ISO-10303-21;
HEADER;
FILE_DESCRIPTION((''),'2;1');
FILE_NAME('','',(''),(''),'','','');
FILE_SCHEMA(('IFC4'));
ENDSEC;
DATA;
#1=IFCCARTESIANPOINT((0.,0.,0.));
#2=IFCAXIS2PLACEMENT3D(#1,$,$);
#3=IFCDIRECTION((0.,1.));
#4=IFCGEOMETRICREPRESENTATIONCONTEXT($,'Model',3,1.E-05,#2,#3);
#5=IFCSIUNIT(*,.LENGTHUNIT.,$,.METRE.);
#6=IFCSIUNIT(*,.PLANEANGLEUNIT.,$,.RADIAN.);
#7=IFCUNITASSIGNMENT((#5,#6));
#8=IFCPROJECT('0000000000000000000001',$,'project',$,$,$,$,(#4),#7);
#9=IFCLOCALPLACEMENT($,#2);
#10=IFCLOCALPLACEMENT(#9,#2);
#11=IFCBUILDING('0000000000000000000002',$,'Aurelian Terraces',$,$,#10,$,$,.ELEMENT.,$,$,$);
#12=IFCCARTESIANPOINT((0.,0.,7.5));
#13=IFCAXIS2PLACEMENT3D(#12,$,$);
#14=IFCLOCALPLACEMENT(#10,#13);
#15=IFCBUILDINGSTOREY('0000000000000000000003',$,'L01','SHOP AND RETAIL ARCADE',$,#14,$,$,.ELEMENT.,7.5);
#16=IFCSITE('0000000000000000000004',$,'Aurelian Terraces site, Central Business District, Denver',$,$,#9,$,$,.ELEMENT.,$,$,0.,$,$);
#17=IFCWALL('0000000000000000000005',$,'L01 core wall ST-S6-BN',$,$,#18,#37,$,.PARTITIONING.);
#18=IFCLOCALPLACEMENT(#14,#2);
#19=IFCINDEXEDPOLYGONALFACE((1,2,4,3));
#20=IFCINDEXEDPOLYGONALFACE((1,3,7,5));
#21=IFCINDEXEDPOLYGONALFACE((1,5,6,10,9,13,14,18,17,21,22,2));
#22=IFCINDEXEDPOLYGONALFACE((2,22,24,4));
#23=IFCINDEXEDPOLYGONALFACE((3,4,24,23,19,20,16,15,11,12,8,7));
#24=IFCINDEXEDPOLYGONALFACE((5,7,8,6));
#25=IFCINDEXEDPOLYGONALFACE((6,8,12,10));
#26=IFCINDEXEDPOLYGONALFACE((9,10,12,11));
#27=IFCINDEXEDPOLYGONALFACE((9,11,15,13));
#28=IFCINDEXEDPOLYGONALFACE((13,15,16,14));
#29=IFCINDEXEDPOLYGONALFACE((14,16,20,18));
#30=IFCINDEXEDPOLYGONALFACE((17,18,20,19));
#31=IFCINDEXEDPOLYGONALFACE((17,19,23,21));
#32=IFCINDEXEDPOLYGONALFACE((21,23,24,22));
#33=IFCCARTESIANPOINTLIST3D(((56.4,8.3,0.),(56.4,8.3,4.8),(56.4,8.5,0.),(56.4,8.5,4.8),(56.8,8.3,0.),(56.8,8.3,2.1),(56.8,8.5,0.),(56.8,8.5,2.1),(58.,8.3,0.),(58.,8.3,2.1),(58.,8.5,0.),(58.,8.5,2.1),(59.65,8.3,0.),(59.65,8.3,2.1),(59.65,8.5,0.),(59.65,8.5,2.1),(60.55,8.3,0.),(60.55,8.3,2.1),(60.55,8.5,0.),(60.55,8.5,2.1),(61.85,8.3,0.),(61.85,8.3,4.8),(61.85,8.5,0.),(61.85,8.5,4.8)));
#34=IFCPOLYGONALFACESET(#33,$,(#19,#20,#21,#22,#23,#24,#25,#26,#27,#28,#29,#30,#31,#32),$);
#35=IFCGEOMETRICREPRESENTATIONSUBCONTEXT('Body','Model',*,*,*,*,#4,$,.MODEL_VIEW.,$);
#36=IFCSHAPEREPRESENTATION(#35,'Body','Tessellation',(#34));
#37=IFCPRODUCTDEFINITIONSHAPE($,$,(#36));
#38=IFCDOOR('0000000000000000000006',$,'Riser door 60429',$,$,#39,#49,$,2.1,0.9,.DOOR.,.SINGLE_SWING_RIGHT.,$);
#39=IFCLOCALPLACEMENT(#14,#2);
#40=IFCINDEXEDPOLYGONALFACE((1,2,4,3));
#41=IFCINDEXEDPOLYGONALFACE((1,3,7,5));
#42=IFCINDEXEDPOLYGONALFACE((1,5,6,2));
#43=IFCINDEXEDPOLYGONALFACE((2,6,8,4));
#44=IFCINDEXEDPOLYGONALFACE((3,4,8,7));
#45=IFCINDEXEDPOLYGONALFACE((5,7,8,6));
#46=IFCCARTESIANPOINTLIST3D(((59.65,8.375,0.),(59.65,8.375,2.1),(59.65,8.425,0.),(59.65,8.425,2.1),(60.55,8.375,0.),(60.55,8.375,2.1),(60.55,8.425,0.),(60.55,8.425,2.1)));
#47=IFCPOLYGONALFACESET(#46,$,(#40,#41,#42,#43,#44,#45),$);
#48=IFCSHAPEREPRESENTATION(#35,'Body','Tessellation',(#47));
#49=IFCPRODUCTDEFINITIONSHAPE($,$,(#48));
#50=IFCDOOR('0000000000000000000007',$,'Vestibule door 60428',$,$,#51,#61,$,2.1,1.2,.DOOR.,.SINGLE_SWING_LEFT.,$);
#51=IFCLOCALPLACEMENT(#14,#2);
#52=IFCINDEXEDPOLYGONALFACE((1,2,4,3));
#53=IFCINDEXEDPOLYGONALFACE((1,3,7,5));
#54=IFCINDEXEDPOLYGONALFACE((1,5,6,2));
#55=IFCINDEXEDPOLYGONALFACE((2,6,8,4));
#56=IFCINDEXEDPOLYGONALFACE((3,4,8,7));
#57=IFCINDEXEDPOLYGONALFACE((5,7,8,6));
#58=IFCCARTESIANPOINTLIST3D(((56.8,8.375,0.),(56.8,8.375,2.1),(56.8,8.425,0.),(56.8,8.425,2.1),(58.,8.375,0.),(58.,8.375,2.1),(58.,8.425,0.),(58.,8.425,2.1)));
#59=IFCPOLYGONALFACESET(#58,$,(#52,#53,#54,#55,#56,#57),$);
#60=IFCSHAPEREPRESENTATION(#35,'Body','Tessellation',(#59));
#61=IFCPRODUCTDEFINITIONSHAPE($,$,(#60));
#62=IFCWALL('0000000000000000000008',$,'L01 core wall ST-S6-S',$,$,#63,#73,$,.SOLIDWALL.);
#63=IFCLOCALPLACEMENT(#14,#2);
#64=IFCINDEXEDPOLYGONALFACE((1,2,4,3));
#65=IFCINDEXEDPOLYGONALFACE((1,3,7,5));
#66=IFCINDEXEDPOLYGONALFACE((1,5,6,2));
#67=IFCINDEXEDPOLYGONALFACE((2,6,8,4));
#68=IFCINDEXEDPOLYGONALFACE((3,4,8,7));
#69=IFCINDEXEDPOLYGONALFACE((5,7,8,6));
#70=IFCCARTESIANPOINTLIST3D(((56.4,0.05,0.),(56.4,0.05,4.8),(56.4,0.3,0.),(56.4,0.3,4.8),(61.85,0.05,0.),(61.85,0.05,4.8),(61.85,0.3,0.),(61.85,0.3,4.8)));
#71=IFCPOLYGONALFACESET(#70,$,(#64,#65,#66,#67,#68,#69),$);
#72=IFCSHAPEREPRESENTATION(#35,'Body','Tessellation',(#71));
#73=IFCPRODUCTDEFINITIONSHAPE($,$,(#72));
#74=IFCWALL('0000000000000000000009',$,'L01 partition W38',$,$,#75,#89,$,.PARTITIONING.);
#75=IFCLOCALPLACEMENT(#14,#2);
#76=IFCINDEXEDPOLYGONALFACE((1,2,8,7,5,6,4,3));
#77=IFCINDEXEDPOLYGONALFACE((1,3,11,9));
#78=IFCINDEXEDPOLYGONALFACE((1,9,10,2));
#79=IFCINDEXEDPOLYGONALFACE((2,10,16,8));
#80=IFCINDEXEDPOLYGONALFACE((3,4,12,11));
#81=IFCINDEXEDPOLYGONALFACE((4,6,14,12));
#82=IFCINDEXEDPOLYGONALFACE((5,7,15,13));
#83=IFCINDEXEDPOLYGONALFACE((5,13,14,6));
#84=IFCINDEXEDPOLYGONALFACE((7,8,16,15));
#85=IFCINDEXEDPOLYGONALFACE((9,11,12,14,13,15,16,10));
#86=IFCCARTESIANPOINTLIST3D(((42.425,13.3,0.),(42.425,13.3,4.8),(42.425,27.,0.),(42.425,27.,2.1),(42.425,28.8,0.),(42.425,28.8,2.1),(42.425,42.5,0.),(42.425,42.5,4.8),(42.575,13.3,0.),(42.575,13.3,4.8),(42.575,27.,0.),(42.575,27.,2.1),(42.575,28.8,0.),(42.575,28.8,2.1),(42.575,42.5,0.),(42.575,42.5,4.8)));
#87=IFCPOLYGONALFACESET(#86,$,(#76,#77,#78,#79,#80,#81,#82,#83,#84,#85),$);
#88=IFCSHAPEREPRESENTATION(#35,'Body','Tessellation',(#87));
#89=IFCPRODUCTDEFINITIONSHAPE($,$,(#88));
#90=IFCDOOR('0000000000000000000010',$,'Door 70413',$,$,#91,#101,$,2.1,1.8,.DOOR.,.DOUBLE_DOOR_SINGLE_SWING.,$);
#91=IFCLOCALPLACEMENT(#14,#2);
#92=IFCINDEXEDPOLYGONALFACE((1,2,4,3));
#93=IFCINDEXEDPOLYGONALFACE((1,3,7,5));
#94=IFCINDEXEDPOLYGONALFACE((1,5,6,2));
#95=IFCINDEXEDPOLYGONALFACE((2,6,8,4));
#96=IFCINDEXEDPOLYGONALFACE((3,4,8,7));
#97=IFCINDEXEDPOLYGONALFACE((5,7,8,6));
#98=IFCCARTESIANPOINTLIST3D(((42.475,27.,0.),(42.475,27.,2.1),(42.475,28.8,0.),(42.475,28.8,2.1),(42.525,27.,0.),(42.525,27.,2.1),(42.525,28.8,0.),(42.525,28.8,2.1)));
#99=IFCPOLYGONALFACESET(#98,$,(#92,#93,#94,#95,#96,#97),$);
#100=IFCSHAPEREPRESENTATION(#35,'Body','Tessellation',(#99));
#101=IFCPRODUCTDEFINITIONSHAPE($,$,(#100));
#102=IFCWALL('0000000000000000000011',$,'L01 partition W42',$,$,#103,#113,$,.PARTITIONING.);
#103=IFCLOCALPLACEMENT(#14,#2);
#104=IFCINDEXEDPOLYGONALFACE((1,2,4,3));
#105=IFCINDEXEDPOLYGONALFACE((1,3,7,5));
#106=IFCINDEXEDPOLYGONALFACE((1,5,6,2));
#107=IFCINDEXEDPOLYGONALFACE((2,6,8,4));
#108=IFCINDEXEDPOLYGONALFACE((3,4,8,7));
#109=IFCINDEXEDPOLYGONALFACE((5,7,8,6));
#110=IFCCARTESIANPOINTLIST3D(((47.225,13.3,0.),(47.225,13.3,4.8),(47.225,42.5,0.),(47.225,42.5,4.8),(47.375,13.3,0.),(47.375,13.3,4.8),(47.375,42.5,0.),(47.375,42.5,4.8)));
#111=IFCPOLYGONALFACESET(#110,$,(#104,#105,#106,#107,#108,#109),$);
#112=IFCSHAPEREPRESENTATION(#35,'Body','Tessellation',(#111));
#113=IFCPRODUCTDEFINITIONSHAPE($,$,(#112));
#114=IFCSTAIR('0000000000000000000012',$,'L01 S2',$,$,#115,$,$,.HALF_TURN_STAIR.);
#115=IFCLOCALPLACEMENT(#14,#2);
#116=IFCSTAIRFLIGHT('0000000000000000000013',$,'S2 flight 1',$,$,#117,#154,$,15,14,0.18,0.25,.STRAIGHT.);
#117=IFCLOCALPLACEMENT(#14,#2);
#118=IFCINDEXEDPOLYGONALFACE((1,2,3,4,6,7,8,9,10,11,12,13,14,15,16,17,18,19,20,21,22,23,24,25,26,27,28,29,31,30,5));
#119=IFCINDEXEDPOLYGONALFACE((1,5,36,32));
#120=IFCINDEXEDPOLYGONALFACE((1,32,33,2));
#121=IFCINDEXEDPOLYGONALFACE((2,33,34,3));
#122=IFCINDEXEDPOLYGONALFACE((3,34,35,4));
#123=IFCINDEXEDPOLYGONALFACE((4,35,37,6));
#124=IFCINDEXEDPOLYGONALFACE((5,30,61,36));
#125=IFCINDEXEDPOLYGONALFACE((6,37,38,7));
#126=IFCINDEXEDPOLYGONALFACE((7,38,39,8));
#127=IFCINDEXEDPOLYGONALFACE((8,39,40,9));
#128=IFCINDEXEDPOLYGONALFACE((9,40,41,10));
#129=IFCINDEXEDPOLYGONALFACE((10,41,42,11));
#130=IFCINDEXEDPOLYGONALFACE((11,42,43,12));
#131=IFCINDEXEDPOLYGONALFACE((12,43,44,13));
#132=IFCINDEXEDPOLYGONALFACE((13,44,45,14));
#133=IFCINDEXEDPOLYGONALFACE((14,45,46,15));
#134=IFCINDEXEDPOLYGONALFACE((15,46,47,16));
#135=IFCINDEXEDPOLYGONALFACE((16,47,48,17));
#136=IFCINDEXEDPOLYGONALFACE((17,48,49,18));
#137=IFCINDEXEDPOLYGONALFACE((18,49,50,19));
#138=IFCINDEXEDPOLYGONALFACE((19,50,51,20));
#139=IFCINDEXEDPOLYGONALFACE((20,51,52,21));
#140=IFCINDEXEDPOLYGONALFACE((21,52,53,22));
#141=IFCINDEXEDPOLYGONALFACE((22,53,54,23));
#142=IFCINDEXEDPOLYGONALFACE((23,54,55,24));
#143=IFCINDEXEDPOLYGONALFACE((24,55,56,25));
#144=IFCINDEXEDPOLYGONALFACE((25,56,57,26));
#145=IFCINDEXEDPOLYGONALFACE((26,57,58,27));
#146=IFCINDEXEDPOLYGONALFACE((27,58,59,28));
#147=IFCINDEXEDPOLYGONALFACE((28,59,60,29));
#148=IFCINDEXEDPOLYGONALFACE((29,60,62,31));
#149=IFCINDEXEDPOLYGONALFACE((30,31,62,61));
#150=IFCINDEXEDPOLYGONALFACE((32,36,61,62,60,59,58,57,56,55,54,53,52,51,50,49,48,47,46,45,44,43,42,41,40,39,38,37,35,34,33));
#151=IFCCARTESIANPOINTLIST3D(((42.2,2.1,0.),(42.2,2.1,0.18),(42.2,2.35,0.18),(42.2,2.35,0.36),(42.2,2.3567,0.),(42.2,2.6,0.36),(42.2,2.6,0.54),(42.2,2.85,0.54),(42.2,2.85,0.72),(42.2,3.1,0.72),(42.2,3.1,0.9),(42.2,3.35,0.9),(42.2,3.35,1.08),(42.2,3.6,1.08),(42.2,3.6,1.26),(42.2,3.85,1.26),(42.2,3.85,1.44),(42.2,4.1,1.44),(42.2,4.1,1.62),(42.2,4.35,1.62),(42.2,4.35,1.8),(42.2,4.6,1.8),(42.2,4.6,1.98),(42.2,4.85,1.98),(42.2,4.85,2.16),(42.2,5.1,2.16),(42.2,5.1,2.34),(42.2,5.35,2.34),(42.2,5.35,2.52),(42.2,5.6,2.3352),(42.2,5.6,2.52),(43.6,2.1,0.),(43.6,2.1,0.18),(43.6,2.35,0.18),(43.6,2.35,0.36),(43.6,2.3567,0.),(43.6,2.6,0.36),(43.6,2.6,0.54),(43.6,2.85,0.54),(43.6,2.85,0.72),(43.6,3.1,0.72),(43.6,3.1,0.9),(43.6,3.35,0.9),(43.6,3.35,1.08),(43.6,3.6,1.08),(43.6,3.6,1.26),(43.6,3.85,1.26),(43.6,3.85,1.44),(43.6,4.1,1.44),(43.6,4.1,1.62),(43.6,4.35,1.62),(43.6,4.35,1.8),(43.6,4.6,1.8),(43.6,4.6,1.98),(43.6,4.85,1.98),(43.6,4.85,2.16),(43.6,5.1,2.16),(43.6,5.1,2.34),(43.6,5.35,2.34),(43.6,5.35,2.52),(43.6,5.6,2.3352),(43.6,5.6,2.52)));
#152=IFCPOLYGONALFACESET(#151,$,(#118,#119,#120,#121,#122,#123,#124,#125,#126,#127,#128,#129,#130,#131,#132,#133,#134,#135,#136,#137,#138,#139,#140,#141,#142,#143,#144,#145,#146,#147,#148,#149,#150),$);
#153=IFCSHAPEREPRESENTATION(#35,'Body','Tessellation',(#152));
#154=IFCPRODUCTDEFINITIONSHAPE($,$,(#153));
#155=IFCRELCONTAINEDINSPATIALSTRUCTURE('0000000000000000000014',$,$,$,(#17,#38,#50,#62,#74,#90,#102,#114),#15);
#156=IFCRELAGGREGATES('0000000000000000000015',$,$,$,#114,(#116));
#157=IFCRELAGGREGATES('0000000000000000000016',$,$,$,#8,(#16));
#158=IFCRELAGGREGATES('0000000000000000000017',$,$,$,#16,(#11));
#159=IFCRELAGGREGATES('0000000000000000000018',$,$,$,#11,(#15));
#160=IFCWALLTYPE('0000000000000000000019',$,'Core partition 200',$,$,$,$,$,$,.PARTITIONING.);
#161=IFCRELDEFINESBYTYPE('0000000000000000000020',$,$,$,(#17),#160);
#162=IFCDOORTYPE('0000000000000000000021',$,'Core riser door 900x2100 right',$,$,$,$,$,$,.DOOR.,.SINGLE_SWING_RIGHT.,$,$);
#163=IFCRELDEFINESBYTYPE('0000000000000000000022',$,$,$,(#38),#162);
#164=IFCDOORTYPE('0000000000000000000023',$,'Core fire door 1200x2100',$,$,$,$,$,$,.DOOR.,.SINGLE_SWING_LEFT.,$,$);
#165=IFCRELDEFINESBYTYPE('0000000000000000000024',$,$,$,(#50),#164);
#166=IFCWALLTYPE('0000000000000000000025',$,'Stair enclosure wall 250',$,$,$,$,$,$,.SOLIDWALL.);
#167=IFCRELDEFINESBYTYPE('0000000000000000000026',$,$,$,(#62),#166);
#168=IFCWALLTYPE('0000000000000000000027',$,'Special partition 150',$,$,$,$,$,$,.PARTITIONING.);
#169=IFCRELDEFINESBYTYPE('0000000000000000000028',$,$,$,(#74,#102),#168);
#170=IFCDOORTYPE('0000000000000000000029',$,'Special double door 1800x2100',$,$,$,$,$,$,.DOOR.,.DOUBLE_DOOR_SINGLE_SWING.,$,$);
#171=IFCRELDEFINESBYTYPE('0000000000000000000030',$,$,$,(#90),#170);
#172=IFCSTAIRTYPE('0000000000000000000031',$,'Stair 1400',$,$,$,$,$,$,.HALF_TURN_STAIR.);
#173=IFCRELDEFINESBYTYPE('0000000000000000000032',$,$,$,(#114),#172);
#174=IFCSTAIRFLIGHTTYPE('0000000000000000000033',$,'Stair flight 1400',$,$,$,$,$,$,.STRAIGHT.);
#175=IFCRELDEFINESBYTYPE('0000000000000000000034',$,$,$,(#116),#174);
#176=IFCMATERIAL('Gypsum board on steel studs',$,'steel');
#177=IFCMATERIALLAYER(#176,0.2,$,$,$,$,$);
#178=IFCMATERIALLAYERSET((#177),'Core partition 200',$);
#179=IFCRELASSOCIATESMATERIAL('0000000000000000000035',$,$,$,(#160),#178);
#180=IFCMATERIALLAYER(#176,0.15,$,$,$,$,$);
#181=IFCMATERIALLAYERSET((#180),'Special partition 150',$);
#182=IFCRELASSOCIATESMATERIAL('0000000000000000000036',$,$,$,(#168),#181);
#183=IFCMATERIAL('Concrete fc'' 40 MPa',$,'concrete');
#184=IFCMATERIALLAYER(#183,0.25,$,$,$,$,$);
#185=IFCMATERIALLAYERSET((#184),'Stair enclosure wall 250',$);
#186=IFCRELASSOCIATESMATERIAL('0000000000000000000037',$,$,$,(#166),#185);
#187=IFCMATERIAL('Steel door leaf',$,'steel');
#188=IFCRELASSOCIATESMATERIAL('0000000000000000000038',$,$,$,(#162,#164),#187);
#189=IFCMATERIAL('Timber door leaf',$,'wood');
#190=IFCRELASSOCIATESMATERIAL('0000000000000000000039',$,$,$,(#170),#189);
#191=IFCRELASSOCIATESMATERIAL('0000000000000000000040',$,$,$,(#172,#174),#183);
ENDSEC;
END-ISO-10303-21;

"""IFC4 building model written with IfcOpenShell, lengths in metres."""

from ifc_helpers import new_model, si_unit, direction, frame, frame_2d, origin, place, context, subcontext, project, spatial, polyline, rectangle, outline, extrude, source, transform, mapped, material, layer, layer_set, type_object, element, fill, aggregate, save


model = new_model("IFC4")

# Units and contexts
model_context = context("Model", 3, precision=1e-05, world=origin(), true_north=direction((0.0, 1.0)))
body_context = subcontext(model_context, "Body", "Model", "MODEL_VIEW")
ifc_project = project(units=[si_unit("LENGTHUNIT", "METRE"), si_unit("PLANEANGLEUNIT", "RADIAN")], contexts=[model_context])

# Site, building, storey
site_placement = place(None, origin())
site = spatial("IfcSite", under=ifc_project, at=site_placement, Name="Aurelian Terraces site, Central Business District, Denver", CompositionType="ELEMENT", RefElevation=0.0)
building_placement = place(site_placement, origin())
building = spatial("IfcBuilding", under=site, at=building_placement, Name="Aurelian Terraces", CompositionType="ELEMENT")
storey_placement = place(building_placement, frame((0.0, 0.0, 7.5)))
storey = spatial("IfcBuildingStorey", under=building, at=storey_placement, Name="L01", Description="SHOP AND RETAIL ARCADE", CompositionType="ELEMENT", Elevation=7.5)

# Shared definitions
ifc_material_1 = material(Name="Gypsum board on steel studs", Category="steel")
ifc_layer_1 = layer(ifc_material_1, 0.2)
ifc_layer_set_1 = layer_set([ifc_layer_1], Name="Core partition 200")
wall_type_1 = type_object("IfcWallType", Name="Core partition 200", PredefinedType="PARTITIONING", material=ifc_layer_set_1)
ifc_layer_2 = layer(ifc_material_1, 0.15)
ifc_layer_set_2 = layer_set([ifc_layer_2], Name="Special partition 150")
wall_type_2 = type_object("IfcWallType", Name="Special partition 150", PredefinedType="PARTITIONING", material=ifc_layer_set_2)
ifc_material_2 = material(Name="Concrete fc' 40 MPa", Category="concrete")
ifc_layer_3 = layer(ifc_material_2, 0.25)
ifc_layer_set_3 = layer_set([ifc_layer_3], Name="Stair enclosure wall 250")
wall_type_3 = type_object("IfcWallType", Name="Stair enclosure wall 250", PredefinedType="SOLIDWALL", material=ifc_layer_set_3)

# Shared definitions
ifc_material_3 = material(Name="Steel door leaf", Category="steel")

# Wall, openings, doors
shared_shape_1 = source(origin(), body_context, "Body", "SweptSolid", [
    extrude(rectangle(XDim=5.45, YDim=0.2, at=frame_2d((2.725, 0.0))), origin(), (0.0, 0.0, 1.0), 4.8),
])
wall_1_placement = place(storey_placement, frame((56.4, 8.4, 0.0), z_axis=(0.0, 0.0, 1.0), x_axis=(1.0, 0.0, 0.0)))
wall_1 = element("IfcWall", 1, at=wall_1_placement, inside=storey, type_object=wall_type_1, Name="L01 core wall ST-S6-BN", PredefinedType="PARTITIONING", context=body_context, shape_type="MappedRepresentation", body=[
    mapped(shared_shape_1, transform((0.0, 0.0, 0.0), scale=1.0)),
])
shared_shape_2 = source(origin(), body_context, "Body", "SweptSolid", [
    extrude(rectangle(XDim=1.2, YDim=2.1, at=frame_2d((0.6, 1.05))), frame((0.0, 0.11, 0.0), z_axis=(0.0, -1.0, 0.0), x_axis=(1.0, 0.0, 0.0)), (0.0, 0.0, 1.0), 0.22),
])
opening_1_placement = place(wall_1_placement, frame((0.4, 0.0, 0.0)))
opening_1 = element("IfcOpeningElement", 2, at=opening_1_placement, cuts=wall_1, PredefinedType="OPENING", context=body_context, shape_type="MappedRepresentation", body=[
    mapped(shared_shape_2, transform((0.0, 0.0, 0.0), scale=1.0)),
])
shared_shape_3 = source(origin(), body_context, "Body", "SweptSolid", [
    extrude(rectangle(XDim=0.9, YDim=2.1, at=frame_2d((0.45, 1.05))), frame((0.0, 0.11, 0.0), z_axis=(0.0, -1.0, 0.0), x_axis=(1.0, 0.0, 0.0)), (0.0, 0.0, 1.0), 0.22),
])
opening_2_placement = place(wall_1_placement, frame((3.25, 0.0, 0.0)))
opening_2 = element("IfcOpeningElement", 3, at=opening_2_placement, cuts=wall_1, PredefinedType="OPENING", context=body_context, shape_type="MappedRepresentation", body=[
    mapped(shared_shape_3, transform((0.0, 0.0, 0.0), scale=1.0)),
])
door_type_1 = type_object("IfcDoorType", Name="Core riser door 900x2100 right", OperationType="SINGLE_SWING_RIGHT", PredefinedType="DOOR", material=ifc_material_3)
shared_shape_4 = source(origin(), body_context, "Body", "SweptSolid", [
    extrude(rectangle(XDim=0.9, YDim=2.1, at=frame_2d((0.45, 1.05))), frame((0.0, 0.025, 0.0), z_axis=(0.0, -1.0, 0.0), x_axis=(1.0, 0.0, 0.0)), (0.0, 0.0, 1.0), 0.05),
])
door_1_placement = place(opening_2_placement, origin())
door_1 = element("IfcDoor", 4, at=door_1_placement, inside=storey, type_object=door_type_1, Name="Riser door 60429", OperationType="SINGLE_SWING_RIGHT", OverallHeight=2.1, OverallWidth=0.9, PredefinedType="DOOR", context=body_context, shape_type="MappedRepresentation", body=[
    mapped(shared_shape_4, transform((0.0, 0.0, 0.0), scale=1.0)),
])
fill(opening_2, door_1)
door_type_2 = type_object("IfcDoorType", Name="Core fire door 1200x2100", OperationType="SINGLE_SWING_LEFT", PredefinedType="DOOR", material=ifc_material_3)
shared_shape_5 = source(origin(), body_context, "Body", "SweptSolid", [
    extrude(rectangle(XDim=1.2, YDim=2.1, at=frame_2d((0.6, 1.05))), frame((0.0, 0.025, 0.0), z_axis=(0.0, -1.0, 0.0), x_axis=(1.0, 0.0, 0.0)), (0.0, 0.0, 1.0), 0.05),
])
door_2_placement = place(opening_1_placement, origin())
door_2 = element("IfcDoor", 5, at=door_2_placement, inside=storey, type_object=door_type_2, Name="Vestibule door 60428", OperationType="SINGLE_SWING_LEFT", OverallHeight=2.1, OverallWidth=1.2, PredefinedType="DOOR", context=body_context, shape_type="MappedRepresentation", body=[
    mapped(shared_shape_5, transform((0.0, 0.0, 0.0), scale=1.0)),
])
fill(opening_1, door_2)

# Wall
shared_shape_6 = source(origin(), body_context, "Body", "SweptSolid", [
    extrude(rectangle(XDim=5.45, YDim=0.25, at=frame_2d((2.725, 0.0))), origin(), (0.0, 0.0, 1.0), 4.8),
])
wall_2_placement = place(storey_placement, frame((56.4, 0.175, 0.0), z_axis=(0.0, 0.0, 1.0), x_axis=(1.0, 0.0, 0.0)))
element("IfcWall", 6, at=wall_2_placement, inside=storey, type_object=wall_type_3, Name="L01 core wall ST-S6-S", PredefinedType="SOLIDWALL", context=body_context, shape_type="MappedRepresentation", body=[
    mapped(shared_shape_6, transform((0.0, 0.0, 0.0), scale=1.0)),
])

# Wall, opening, door
shared_shape_7 = source(origin(), body_context, "Body", "SweptSolid", [
    extrude(rectangle(XDim=29.2, YDim=0.15, at=frame_2d((14.6, 0.0))), origin(), (0.0, 0.0, 1.0), 4.8),
])
wall_3_placement = place(storey_placement, frame((42.5, 13.3, 0.0), z_axis=(0.0, 0.0, 1.0), x_axis=(0.0, 1.0, 0.0)))
wall_3 = element("IfcWall", 7, at=wall_3_placement, inside=storey, type_object=wall_type_2, Name="L01 partition W38", PredefinedType="PARTITIONING", context=body_context, shape_type="MappedRepresentation", body=[
    mapped(shared_shape_7, transform((0.0, 0.0, 0.0), scale=1.0)),
])
shared_shape_8 = source(origin(), body_context, "Body", "SweptSolid", [
    extrude(rectangle(XDim=1.8, YDim=2.1, at=frame_2d((0.9, 1.05))), frame((0.0, 0.085, 0.0), z_axis=(0.0, -1.0, 0.0), x_axis=(1.0, 0.0, 0.0)), (0.0, 0.0, 1.0), 0.17),
])
opening_3_placement = place(wall_3_placement, frame((13.7, 0.0, 0.0)))
opening_3 = element("IfcOpeningElement", 8, at=opening_3_placement, cuts=wall_3, PredefinedType="OPENING", context=body_context, shape_type="MappedRepresentation", body=[
    mapped(shared_shape_8, transform((0.0, 0.0, 0.0), scale=1.0)),
])
ifc_material_4 = material(Name="Timber door leaf", Category="wood")
door_type_3 = type_object("IfcDoorType", Name="Special double door 1800x2100", OperationType="DOUBLE_DOOR_SINGLE_SWING", PredefinedType="DOOR", material=ifc_material_4)
shared_shape_9 = source(origin(), body_context, "Body", "SweptSolid", [
    extrude(rectangle(XDim=1.8, YDim=2.1, at=frame_2d((0.9, 1.05))), frame((0.0, 0.025, 0.0), z_axis=(0.0, -1.0, 0.0), x_axis=(1.0, 0.0, 0.0)), (0.0, 0.0, 1.0), 0.05),
])
door_3_placement = place(opening_3_placement, origin())
door_3 = element("IfcDoor", 9, at=door_3_placement, inside=storey, type_object=door_type_3, Name="Door 70413", OperationType="DOUBLE_DOOR_SINGLE_SWING", OverallHeight=2.1, OverallWidth=1.8, PredefinedType="DOOR", context=body_context, shape_type="MappedRepresentation", body=[
    mapped(shared_shape_9, transform((0.0, 0.0, 0.0), scale=1.0)),
])
fill(opening_3, door_3)

# Wall
wall_4_placement = place(storey_placement, frame((47.3, 13.3, 0.0), z_axis=(0.0, 0.0, 1.0), x_axis=(0.0, 1.0, 0.0)))
element("IfcWall", 10, at=wall_4_placement, inside=storey, type_object=wall_type_2, Name="L01 partition W42", PredefinedType="PARTITIONING", context=body_context, shape_type="MappedRepresentation", body=[
    mapped(shared_shape_7, transform((0.0, 0.0, 0.0), scale=1.0)),
])

# Stair, stair flight
stair_type = type_object("IfcStairType", Name="Stair 1400", PredefinedType="HALF_TURN_STAIR", material=ifc_material_2)
stair_1_placement = place(storey_placement, origin())
stair_1 = element("IfcStair", 11, at=stair_1_placement, inside=storey, type_object=stair_type, Name="L01 S2", PredefinedType="HALF_TURN_STAIR")
stair_flight_type = type_object("IfcStairFlightType", Name="Stair flight 1400", PredefinedType="STRAIGHT", material=ifc_material_2)
shared_shape_10 = source(origin(), body_context, "Body", "SweptSolid", [
    extrude(outline(polyline([(0.0, 0.0), (0.0, 0.18), (0.25, 0.18), (0.25, 0.36), (0.5, 0.36), (0.5, 0.54), (0.75, 0.54), (0.75, 0.72), (1.0, 0.72), (1.0, 0.9), (1.25, 0.9), (1.25, 1.08), (1.5, 1.08), (1.5, 1.26), (1.75, 1.26), (1.75, 1.44), (2.0, 1.44), (2.0, 1.62), (2.25, 1.62), (2.25, 1.8), (2.5, 1.8), (2.5, 1.98), (2.75, 1.98), (2.75, 2.16), (3.0, 2.16), (3.0, 2.34), (3.25, 2.34), (3.25, 2.52), (3.5, 2.52), (3.5, 2.7), (3.5, 2.3352), (0.2567, 0.0), (0.0, 0.0)])), frame((0.0, 0.7, 0.0), z_axis=(0.0, -1.0, 0.0), x_axis=(1.0, 0.0, 0.0)), (0.0, 0.0, 1.0), 1.4),
])
stair_flight_1_placement = place(storey_placement, frame((42.9, 2.1, 0.0), z_axis=(0.0, 0.0, 1.0), x_axis=(0.0, 1.0, 0.0)))
stair_flight_1 = element("IfcStairFlight", 12, at=stair_flight_1_placement, type_object=stair_flight_type, Name="S2 flight 1", NumberOfRisers=15, NumberOfTreads=14, PredefinedType="STRAIGHT", RiserHeight=0.18, TreadLength=0.25, context=body_context, shape_type="MappedRepresentation", body=[
    mapped(shared_shape_10, transform((0.0, 0.0, 0.0), scale=1.0)),
])
aggregate(stair_1, [stair_flight_1])

save(model, "model.ifc")
